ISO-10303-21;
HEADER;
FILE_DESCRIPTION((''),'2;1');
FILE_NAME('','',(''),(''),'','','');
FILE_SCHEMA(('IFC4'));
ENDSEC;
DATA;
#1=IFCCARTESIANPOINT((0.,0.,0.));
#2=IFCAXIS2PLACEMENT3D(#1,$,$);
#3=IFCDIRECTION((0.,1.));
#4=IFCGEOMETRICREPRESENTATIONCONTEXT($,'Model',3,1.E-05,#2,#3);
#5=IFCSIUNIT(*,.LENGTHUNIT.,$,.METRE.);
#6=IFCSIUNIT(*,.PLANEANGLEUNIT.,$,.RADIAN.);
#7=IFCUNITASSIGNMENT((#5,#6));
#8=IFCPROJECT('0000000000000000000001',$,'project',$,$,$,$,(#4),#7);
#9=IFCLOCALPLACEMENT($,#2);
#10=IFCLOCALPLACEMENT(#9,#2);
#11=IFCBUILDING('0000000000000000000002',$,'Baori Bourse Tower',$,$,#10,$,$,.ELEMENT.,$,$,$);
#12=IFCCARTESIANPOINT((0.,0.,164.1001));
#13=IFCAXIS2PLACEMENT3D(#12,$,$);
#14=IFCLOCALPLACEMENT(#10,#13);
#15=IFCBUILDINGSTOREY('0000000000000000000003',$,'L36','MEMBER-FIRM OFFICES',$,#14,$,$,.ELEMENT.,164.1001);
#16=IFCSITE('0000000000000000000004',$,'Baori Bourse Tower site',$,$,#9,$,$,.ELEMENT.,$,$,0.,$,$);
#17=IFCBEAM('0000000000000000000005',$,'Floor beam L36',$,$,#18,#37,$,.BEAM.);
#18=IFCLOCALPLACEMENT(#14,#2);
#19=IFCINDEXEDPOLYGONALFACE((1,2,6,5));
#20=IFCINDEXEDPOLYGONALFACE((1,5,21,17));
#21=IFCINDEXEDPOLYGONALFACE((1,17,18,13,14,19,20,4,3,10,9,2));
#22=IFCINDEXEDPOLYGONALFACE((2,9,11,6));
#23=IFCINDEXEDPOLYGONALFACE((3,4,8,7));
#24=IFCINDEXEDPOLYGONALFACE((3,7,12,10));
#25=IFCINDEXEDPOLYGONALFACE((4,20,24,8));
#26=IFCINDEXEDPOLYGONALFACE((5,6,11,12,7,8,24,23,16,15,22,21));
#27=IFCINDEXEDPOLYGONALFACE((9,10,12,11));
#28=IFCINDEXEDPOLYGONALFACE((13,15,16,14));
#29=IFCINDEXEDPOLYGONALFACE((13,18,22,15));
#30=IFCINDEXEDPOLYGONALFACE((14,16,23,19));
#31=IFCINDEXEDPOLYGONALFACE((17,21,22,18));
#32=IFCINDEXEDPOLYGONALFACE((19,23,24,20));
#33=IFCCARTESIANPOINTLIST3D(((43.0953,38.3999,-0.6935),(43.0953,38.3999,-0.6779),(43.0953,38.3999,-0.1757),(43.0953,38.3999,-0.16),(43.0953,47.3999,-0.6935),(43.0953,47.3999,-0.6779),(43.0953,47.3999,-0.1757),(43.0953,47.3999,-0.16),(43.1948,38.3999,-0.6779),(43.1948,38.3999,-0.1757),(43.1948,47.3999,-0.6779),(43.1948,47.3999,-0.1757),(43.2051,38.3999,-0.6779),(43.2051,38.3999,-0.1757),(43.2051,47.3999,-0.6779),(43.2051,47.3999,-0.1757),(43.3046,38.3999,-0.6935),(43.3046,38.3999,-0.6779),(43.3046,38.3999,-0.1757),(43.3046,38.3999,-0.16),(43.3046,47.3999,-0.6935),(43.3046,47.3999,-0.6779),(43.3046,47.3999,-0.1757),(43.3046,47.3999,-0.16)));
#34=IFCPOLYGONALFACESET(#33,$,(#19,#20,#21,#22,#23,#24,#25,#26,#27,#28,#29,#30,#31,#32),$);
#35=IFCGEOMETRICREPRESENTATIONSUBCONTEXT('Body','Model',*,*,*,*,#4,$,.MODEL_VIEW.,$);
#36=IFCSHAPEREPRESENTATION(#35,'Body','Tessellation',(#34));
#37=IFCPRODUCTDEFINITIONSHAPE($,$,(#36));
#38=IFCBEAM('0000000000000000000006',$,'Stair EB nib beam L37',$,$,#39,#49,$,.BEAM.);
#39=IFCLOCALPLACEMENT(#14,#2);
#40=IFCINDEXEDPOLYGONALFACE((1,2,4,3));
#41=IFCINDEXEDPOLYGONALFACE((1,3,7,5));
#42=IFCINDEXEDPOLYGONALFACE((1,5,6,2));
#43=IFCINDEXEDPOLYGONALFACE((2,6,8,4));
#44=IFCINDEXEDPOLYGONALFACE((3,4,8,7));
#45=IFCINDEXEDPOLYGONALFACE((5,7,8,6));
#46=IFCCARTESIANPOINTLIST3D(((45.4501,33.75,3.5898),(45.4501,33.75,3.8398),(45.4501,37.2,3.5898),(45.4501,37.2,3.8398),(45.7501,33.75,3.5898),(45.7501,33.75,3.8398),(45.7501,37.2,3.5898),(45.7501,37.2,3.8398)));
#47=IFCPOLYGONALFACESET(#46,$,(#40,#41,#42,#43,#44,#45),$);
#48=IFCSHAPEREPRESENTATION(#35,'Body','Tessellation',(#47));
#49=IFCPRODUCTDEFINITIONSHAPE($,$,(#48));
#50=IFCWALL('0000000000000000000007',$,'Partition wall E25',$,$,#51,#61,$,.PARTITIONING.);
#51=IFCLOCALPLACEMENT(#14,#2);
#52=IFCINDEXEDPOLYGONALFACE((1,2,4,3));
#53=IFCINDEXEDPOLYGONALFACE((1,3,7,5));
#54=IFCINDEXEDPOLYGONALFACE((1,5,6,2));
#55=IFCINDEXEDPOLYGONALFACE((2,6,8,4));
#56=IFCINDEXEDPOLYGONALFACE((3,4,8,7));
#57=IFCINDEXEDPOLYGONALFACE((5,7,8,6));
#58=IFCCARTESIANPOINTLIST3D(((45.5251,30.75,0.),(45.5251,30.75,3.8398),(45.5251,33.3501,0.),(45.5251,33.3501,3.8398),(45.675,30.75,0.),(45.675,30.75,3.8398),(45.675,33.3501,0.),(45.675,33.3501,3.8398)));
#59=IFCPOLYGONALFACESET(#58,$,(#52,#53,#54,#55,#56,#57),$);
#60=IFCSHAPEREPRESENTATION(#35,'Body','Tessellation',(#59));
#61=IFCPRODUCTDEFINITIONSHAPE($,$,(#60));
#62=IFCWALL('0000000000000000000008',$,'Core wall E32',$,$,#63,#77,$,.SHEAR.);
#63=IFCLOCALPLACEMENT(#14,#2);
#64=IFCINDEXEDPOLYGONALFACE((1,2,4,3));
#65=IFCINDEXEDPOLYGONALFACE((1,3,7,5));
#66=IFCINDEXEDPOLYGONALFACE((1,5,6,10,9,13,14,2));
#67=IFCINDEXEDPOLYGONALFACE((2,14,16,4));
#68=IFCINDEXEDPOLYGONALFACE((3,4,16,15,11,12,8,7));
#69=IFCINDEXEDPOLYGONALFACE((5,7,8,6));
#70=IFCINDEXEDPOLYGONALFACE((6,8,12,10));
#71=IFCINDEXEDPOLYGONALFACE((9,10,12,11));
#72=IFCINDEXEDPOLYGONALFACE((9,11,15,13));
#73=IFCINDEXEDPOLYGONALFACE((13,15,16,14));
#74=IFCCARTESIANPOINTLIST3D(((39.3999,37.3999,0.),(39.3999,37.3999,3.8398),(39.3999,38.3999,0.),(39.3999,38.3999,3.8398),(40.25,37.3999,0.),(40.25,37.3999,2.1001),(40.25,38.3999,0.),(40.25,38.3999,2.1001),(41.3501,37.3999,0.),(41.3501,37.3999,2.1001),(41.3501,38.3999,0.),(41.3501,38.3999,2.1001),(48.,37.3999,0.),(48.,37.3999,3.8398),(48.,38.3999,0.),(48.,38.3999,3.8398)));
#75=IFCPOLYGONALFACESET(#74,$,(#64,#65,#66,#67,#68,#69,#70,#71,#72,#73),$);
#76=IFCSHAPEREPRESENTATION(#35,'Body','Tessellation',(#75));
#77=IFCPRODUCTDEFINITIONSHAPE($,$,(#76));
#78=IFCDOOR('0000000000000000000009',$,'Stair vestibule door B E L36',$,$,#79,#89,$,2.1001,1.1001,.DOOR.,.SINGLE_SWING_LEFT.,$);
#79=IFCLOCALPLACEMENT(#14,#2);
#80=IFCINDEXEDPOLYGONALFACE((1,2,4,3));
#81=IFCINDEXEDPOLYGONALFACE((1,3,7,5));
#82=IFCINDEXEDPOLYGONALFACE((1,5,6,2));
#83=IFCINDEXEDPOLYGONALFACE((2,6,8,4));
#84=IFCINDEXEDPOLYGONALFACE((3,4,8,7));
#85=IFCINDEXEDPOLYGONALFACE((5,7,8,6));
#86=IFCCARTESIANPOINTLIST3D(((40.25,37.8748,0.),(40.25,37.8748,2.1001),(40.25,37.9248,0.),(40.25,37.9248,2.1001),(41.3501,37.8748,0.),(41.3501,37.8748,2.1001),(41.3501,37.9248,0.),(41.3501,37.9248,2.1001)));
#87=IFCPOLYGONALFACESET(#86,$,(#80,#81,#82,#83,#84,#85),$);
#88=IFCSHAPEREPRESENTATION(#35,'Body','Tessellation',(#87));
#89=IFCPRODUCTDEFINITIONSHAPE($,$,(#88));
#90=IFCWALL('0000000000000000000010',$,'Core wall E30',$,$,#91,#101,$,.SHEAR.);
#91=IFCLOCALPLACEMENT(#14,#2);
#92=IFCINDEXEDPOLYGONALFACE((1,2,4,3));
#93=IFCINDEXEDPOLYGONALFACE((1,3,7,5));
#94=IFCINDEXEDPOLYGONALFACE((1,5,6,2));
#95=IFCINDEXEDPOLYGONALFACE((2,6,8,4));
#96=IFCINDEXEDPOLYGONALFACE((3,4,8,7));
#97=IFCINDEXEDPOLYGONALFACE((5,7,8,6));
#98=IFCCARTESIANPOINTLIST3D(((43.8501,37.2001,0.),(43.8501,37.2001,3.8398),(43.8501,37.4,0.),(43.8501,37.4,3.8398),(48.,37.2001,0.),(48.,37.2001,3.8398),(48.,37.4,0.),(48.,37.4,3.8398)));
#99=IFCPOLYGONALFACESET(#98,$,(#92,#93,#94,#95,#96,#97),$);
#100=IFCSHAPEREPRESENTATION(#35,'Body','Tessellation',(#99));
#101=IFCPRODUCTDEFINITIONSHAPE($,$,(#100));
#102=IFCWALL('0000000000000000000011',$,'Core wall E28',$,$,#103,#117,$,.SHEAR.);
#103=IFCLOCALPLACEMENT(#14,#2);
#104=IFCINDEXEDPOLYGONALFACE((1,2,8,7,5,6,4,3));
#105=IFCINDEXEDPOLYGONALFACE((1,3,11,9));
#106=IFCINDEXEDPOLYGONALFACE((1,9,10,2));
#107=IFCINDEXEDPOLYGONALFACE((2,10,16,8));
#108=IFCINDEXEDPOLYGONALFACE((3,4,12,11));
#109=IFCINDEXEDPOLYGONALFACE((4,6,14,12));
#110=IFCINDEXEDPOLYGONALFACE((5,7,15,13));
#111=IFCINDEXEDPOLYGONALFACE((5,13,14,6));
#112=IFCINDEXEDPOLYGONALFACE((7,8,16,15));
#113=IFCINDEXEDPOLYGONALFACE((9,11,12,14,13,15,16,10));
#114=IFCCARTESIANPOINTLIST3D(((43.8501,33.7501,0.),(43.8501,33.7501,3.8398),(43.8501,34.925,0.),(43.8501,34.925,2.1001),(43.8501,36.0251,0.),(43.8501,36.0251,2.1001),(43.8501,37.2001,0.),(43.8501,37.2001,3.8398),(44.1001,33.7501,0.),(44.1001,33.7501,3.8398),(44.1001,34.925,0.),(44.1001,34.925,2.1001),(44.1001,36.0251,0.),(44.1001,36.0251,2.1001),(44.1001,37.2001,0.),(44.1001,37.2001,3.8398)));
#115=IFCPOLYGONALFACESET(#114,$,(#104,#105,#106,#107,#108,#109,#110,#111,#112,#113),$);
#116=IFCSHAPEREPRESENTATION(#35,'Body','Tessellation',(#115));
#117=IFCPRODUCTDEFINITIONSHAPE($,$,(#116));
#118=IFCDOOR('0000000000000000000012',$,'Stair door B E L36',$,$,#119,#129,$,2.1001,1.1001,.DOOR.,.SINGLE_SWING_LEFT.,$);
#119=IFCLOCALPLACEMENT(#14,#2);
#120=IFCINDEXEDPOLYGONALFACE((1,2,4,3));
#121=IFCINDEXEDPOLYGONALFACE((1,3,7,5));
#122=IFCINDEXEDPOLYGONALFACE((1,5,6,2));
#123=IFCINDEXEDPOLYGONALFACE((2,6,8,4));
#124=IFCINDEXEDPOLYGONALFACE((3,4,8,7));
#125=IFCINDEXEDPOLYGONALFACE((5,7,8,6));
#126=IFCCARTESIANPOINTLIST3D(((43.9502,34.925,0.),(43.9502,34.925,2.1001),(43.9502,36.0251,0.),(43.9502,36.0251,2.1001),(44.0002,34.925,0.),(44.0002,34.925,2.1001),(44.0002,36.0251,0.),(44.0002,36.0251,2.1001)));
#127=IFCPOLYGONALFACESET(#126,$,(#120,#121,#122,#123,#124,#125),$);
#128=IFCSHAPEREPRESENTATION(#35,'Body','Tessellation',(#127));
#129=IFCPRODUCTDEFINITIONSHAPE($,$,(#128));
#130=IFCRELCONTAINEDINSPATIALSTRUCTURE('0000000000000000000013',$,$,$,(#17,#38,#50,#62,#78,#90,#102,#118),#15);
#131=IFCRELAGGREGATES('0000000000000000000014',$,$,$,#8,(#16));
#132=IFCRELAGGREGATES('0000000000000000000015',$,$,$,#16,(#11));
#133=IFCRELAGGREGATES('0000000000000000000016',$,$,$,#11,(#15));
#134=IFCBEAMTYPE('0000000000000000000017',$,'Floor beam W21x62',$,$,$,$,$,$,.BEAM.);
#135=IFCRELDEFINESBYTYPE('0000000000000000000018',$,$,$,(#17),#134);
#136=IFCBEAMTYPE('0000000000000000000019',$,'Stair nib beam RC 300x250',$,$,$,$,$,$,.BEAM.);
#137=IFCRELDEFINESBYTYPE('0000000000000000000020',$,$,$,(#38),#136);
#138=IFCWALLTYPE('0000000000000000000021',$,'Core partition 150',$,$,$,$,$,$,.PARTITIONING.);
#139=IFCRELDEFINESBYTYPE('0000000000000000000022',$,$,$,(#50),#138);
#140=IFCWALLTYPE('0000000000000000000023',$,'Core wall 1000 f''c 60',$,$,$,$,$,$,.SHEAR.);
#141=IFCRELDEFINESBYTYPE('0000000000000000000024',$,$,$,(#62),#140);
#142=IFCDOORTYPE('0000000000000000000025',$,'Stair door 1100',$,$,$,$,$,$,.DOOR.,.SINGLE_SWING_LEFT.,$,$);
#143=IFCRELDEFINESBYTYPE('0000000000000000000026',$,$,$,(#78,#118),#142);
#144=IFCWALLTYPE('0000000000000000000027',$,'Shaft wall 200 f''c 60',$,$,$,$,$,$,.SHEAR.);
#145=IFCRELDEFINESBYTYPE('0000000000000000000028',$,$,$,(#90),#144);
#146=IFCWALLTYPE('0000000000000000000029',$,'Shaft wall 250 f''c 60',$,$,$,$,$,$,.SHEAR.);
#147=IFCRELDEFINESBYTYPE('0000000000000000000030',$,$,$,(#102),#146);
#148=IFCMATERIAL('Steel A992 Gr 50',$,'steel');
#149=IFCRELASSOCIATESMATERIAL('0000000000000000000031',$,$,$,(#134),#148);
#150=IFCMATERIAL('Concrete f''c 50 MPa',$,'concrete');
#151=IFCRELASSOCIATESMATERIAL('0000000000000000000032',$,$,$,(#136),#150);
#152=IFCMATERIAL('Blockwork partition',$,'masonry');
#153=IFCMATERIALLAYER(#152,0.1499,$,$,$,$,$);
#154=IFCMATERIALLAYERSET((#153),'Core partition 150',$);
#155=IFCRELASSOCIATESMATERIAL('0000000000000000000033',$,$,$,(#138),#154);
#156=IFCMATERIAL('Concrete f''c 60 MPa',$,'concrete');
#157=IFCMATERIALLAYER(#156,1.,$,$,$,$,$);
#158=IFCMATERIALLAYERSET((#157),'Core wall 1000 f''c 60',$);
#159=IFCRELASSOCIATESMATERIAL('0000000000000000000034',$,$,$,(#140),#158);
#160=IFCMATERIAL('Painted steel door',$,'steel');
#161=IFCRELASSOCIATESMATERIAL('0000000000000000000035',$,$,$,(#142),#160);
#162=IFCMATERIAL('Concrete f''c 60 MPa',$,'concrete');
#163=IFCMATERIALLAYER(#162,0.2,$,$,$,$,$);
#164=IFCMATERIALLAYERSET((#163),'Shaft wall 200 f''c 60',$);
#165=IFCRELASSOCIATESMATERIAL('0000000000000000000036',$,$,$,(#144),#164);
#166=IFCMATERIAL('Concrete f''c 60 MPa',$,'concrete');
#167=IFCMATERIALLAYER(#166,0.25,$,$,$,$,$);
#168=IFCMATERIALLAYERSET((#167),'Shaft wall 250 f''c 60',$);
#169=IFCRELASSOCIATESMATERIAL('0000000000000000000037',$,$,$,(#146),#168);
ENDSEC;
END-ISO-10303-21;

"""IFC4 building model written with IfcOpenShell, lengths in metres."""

from ifc_helpers import new_model, si_unit, direction, frame, frame_2d, origin, origin_2d, place, context, subcontext, project, spatial, rectangle, i_section, extrude, material, layer, layer_set, material_profile, profile_set, type_object, element, fill, save


model = new_model("IFC4")

# Units and contexts
model_context = context("Model", 3, precision=1e-05, world=origin(), true_north=direction((0.0, 1.0)))
body_context = subcontext(model_context, "Body", "Model", "MODEL_VIEW")
ifc_project = project(units=[si_unit("LENGTHUNIT", "METRE"), si_unit("PLANEANGLEUNIT", "RADIAN")], contexts=[model_context])

# Site, building, storey
site_placement = place(None, origin())
site = spatial("IfcSite", under=ifc_project, at=site_placement, Name="Baori Bourse Tower site", CompositionType="ELEMENT", RefElevation=0.0)
building_placement = place(site_placement, origin())
building = spatial("IfcBuilding", under=site, at=building_placement, Name="Baori Bourse Tower", CompositionType="ELEMENT")
storey_placement = place(building_placement, frame((0.0, 0.0, 164.1001)))
storey = spatial("IfcBuildingStorey", under=building, at=storey_placement, Name="L36", Description="MEMBER-FIRM OFFICES", CompositionType="ELEMENT", Elevation=164.1001)

# Beams
ifc_material_1 = material(Name="Steel A992 Gr 50", Category="steel")
ifc_material_profile_1 = material_profile(ifc_material_1, i_section(OverallWidth=0.2092, OverallDepth=0.5334, WebThickness=0.0103, FlangeThickness=0.0156, at=origin_2d()), Name="W21x62")
ifc_profile_set_1 = profile_set([ifc_material_profile_1], Name="Steel A992 Gr 50")
beam_type_1 = type_object("IfcBeamType", Name="Floor beam W21x62", PredefinedType="BEAM", material=ifc_profile_set_1)
beam_1_placement = place(storey_placement, frame((43.2, 38.3999, -0.4268), z_axis=(0.0, 1.0, 0.0), x_axis=(-1.0, 0.0, 0.0)))
element("IfcBeam", 1, at=beam_1_placement, inside=storey, type_object=beam_type_1, Name="Floor beam L36", PredefinedType="BEAM", context=body_context, shape_type="SweptSolid", body=[
    extrude(i_section(OverallWidth=0.2092, OverallDepth=0.5334, WebThickness=0.0103, FlangeThickness=0.0156, at=origin_2d()), origin(), (0.0, 0.0, 1.0), 9.0),
])
ifc_material_2 = material(Name="Concrete f'c 50 MPa", Category="concrete")
ifc_material_profile_2 = material_profile(ifc_material_2, rectangle(XDim=0.3, YDim=0.25, at=origin_2d()), Name="RC 300x250")
ifc_profile_set_2 = profile_set([ifc_material_profile_2], Name="Concrete f'c 50 MPa")
beam_type_2 = type_object("IfcBeamType", Name="Stair nib beam RC 300x250", PredefinedType="BEAM", material=ifc_profile_set_2)
beam_2_placement = place(storey_placement, frame((45.6001, 33.75, 3.7148), z_axis=(0.0, 1.0, 0.0), x_axis=(-1.0, 0.0, 0.0)))
element("IfcBeam", 2, at=beam_2_placement, inside=storey, type_object=beam_type_2, Name="Stair EB nib beam L37", PredefinedType="BEAM", context=body_context, shape_type="SweptSolid", body=[
    extrude(rectangle(XDim=0.3, YDim=0.25, at=origin_2d()), origin(), (0.0, 0.0, 1.0), 3.45),
])

# Wall
ifc_material_3 = material(Name="Blockwork partition", Category="masonry")
ifc_layer_1 = layer(ifc_material_3, 0.1499)
ifc_layer_set_1 = layer_set([ifc_layer_1], Name="Core partition 150")
wall_type_1 = type_object("IfcWallType", Name="Core partition 150", PredefinedType="PARTITIONING", material=ifc_layer_set_1)
wall_1_placement = place(storey_placement, frame((45.6001, 30.75, 0.0), z_axis=(0.0, 0.0, 1.0), x_axis=(0.0, 1.0, 0.0)))
element("IfcWall", 3, at=wall_1_placement, inside=storey, type_object=wall_type_1, Name="Partition wall E25", PredefinedType="PARTITIONING", context=body_context, shape_type="SweptSolid", body=[
    extrude(rectangle(XDim=2.6001, YDim=0.1499, at=frame_2d((1.3, 0.0))), origin(), (0.0, 0.0, 1.0), 3.8398),
])

# Wall, opening, door
ifc_material_4 = material(Name="Concrete f'c 60 MPa", Category="concrete")
ifc_layer_2 = layer(ifc_material_4, 1.0)
ifc_layer_set_2 = layer_set([ifc_layer_2], Name="Core wall 1000 f'c 60")
wall_type_2 = type_object("IfcWallType", Name="Core wall 1000 f'c 60", PredefinedType="SHEAR", material=ifc_layer_set_2)
wall_2_placement = place(storey_placement, frame((39.3999, 37.8999, 0.0), z_axis=(0.0, 0.0, 1.0), x_axis=(1.0, 0.0, 0.0)))
wall_2 = element("IfcWall", 4, at=wall_2_placement, inside=storey, type_object=wall_type_2, Name="Core wall E32", PredefinedType="SHEAR", context=body_context, shape_type="SweptSolid", body=[
    extrude(rectangle(XDim=8.6001, YDim=1.0, at=frame_2d((4.3, 0.0))), origin(), (0.0, 0.0, 1.0), 3.8398),
])
opening_1_placement = place(wall_2_placement, frame((0.8501, 0.0, 0.0)))
opening_1 = element("IfcOpeningElement", 5, at=opening_1_placement, cuts=wall_2, PredefinedType="OPENING", context=body_context, shape_type="SweptSolid", body=[
    extrude(rectangle(XDim=1.1001, YDim=2.1001, at=frame_2d((0.55, 1.05))), frame((0.0, 0.51, 0.0), z_axis=(0.0, -1.0, 0.0), x_axis=(1.0, 0.0, 0.0)), (0.0, 0.0, 1.0), 1.02),
])
ifc_material_5 = material(Name="Painted steel door", Category="steel")
door_type_1 = type_object("IfcDoorType", Name="Stair door 1100", OperationType="SINGLE_SWING_LEFT", PredefinedType="DOOR", material=ifc_material_5)
door_1_placement = place(opening_1_placement, origin())
door_1 = element("IfcDoor", 6, at=door_1_placement, inside=storey, type_object=door_type_1, Name="Stair vestibule door B E L36", OperationType="SINGLE_SWING_LEFT", OverallHeight=2.1001, OverallWidth=1.1001, PredefinedType="DOOR", context=body_context, shape_type="SweptSolid", body=[
    extrude(rectangle(XDim=1.1001, YDim=2.1001, at=frame_2d((0.55, 1.05))), frame((0.0, 0.0249, 0.0), z_axis=(0.0, -1.0, 0.0), x_axis=(1.0, 0.0, 0.0)), (0.0, 0.0, 1.0), 0.05),
])
fill(opening_1, door_1)

# Wall
ifc_material_6 = material(Name="Concrete f'c 60 MPa", Category="concrete")
ifc_layer_3 = layer(ifc_material_6, 0.2)
ifc_layer_set_3 = layer_set([ifc_layer_3], Name="Shaft wall 200 f'c 60")
wall_type_3 = type_object("IfcWallType", Name="Shaft wall 200 f'c 60", PredefinedType="SHEAR", material=ifc_layer_set_3)
wall_3_placement = place(storey_placement, frame((43.8501, 37.3, 0.0), z_axis=(0.0, 0.0, 1.0), x_axis=(1.0, 0.0, 0.0)))
element("IfcWall", 7, at=wall_3_placement, inside=storey, type_object=wall_type_3, Name="Core wall E30", PredefinedType="SHEAR", context=body_context, shape_type="SweptSolid", body=[
    extrude(rectangle(XDim=4.1499, YDim=0.2, at=frame_2d((2.075, 0.0))), origin(), (0.0, 0.0, 1.0), 3.8398),
])

# Wall, opening, door
ifc_material_7 = material(Name="Concrete f'c 60 MPa", Category="concrete")
ifc_layer_4 = layer(ifc_material_7, 0.25)
ifc_layer_set_4 = layer_set([ifc_layer_4], Name="Shaft wall 250 f'c 60")
wall_type_4 = type_object("IfcWallType", Name="Shaft wall 250 f'c 60", PredefinedType="SHEAR", material=ifc_layer_set_4)
wall_4_placement = place(storey_placement, frame((43.9751, 33.75, 0.0), z_axis=(0.0, 0.0, 1.0), x_axis=(0.0, 1.0, 0.0)))
wall_4 = element("IfcWall", 8, at=wall_4_placement, inside=storey, type_object=wall_type_4, Name="Core wall E28", PredefinedType="SHEAR", context=body_context, shape_type="SweptSolid", body=[
    extrude(rectangle(XDim=3.45, YDim=0.25, at=frame_2d((1.7251, 0.0))), origin(), (0.0, 0.0, 1.0), 3.8398),
])
opening_2_placement = place(wall_4_placement, frame((1.175, 0.0, 0.0)))
opening_2 = element("IfcOpeningElement", 9, at=opening_2_placement, cuts=wall_4, PredefinedType="OPENING", context=body_context, shape_type="SweptSolid", body=[
    extrude(rectangle(XDim=1.1001, YDim=2.1001, at=frame_2d((0.55, 1.05))), frame((0.0, 0.135, 0.0), z_axis=(0.0, -1.0, 0.0), x_axis=(1.0, 0.0, 0.0)), (0.0, 0.0, 1.0), 0.27),
])
door_2_placement = place(opening_2_placement, origin())
door_2 = element("IfcDoor", 10, at=door_2_placement, inside=storey, type_object=door_type_1, Name="Stair door B E L36", OperationType="SINGLE_SWING_LEFT", OverallHeight=2.1001, OverallWidth=1.1001, PredefinedType="DOOR", context=body_context, shape_type="SweptSolid", body=[
    extrude(rectangle(XDim=1.1001, YDim=2.1001, at=frame_2d((0.55, 1.05))), frame((0.0, 0.0249, 0.0), z_axis=(0.0, -1.0, 0.0), x_axis=(1.0, 0.0, 0.0)), (0.0, 0.0, 1.0), 0.05),
])
fill(opening_2, door_2)

save(model, "model.ifc")
